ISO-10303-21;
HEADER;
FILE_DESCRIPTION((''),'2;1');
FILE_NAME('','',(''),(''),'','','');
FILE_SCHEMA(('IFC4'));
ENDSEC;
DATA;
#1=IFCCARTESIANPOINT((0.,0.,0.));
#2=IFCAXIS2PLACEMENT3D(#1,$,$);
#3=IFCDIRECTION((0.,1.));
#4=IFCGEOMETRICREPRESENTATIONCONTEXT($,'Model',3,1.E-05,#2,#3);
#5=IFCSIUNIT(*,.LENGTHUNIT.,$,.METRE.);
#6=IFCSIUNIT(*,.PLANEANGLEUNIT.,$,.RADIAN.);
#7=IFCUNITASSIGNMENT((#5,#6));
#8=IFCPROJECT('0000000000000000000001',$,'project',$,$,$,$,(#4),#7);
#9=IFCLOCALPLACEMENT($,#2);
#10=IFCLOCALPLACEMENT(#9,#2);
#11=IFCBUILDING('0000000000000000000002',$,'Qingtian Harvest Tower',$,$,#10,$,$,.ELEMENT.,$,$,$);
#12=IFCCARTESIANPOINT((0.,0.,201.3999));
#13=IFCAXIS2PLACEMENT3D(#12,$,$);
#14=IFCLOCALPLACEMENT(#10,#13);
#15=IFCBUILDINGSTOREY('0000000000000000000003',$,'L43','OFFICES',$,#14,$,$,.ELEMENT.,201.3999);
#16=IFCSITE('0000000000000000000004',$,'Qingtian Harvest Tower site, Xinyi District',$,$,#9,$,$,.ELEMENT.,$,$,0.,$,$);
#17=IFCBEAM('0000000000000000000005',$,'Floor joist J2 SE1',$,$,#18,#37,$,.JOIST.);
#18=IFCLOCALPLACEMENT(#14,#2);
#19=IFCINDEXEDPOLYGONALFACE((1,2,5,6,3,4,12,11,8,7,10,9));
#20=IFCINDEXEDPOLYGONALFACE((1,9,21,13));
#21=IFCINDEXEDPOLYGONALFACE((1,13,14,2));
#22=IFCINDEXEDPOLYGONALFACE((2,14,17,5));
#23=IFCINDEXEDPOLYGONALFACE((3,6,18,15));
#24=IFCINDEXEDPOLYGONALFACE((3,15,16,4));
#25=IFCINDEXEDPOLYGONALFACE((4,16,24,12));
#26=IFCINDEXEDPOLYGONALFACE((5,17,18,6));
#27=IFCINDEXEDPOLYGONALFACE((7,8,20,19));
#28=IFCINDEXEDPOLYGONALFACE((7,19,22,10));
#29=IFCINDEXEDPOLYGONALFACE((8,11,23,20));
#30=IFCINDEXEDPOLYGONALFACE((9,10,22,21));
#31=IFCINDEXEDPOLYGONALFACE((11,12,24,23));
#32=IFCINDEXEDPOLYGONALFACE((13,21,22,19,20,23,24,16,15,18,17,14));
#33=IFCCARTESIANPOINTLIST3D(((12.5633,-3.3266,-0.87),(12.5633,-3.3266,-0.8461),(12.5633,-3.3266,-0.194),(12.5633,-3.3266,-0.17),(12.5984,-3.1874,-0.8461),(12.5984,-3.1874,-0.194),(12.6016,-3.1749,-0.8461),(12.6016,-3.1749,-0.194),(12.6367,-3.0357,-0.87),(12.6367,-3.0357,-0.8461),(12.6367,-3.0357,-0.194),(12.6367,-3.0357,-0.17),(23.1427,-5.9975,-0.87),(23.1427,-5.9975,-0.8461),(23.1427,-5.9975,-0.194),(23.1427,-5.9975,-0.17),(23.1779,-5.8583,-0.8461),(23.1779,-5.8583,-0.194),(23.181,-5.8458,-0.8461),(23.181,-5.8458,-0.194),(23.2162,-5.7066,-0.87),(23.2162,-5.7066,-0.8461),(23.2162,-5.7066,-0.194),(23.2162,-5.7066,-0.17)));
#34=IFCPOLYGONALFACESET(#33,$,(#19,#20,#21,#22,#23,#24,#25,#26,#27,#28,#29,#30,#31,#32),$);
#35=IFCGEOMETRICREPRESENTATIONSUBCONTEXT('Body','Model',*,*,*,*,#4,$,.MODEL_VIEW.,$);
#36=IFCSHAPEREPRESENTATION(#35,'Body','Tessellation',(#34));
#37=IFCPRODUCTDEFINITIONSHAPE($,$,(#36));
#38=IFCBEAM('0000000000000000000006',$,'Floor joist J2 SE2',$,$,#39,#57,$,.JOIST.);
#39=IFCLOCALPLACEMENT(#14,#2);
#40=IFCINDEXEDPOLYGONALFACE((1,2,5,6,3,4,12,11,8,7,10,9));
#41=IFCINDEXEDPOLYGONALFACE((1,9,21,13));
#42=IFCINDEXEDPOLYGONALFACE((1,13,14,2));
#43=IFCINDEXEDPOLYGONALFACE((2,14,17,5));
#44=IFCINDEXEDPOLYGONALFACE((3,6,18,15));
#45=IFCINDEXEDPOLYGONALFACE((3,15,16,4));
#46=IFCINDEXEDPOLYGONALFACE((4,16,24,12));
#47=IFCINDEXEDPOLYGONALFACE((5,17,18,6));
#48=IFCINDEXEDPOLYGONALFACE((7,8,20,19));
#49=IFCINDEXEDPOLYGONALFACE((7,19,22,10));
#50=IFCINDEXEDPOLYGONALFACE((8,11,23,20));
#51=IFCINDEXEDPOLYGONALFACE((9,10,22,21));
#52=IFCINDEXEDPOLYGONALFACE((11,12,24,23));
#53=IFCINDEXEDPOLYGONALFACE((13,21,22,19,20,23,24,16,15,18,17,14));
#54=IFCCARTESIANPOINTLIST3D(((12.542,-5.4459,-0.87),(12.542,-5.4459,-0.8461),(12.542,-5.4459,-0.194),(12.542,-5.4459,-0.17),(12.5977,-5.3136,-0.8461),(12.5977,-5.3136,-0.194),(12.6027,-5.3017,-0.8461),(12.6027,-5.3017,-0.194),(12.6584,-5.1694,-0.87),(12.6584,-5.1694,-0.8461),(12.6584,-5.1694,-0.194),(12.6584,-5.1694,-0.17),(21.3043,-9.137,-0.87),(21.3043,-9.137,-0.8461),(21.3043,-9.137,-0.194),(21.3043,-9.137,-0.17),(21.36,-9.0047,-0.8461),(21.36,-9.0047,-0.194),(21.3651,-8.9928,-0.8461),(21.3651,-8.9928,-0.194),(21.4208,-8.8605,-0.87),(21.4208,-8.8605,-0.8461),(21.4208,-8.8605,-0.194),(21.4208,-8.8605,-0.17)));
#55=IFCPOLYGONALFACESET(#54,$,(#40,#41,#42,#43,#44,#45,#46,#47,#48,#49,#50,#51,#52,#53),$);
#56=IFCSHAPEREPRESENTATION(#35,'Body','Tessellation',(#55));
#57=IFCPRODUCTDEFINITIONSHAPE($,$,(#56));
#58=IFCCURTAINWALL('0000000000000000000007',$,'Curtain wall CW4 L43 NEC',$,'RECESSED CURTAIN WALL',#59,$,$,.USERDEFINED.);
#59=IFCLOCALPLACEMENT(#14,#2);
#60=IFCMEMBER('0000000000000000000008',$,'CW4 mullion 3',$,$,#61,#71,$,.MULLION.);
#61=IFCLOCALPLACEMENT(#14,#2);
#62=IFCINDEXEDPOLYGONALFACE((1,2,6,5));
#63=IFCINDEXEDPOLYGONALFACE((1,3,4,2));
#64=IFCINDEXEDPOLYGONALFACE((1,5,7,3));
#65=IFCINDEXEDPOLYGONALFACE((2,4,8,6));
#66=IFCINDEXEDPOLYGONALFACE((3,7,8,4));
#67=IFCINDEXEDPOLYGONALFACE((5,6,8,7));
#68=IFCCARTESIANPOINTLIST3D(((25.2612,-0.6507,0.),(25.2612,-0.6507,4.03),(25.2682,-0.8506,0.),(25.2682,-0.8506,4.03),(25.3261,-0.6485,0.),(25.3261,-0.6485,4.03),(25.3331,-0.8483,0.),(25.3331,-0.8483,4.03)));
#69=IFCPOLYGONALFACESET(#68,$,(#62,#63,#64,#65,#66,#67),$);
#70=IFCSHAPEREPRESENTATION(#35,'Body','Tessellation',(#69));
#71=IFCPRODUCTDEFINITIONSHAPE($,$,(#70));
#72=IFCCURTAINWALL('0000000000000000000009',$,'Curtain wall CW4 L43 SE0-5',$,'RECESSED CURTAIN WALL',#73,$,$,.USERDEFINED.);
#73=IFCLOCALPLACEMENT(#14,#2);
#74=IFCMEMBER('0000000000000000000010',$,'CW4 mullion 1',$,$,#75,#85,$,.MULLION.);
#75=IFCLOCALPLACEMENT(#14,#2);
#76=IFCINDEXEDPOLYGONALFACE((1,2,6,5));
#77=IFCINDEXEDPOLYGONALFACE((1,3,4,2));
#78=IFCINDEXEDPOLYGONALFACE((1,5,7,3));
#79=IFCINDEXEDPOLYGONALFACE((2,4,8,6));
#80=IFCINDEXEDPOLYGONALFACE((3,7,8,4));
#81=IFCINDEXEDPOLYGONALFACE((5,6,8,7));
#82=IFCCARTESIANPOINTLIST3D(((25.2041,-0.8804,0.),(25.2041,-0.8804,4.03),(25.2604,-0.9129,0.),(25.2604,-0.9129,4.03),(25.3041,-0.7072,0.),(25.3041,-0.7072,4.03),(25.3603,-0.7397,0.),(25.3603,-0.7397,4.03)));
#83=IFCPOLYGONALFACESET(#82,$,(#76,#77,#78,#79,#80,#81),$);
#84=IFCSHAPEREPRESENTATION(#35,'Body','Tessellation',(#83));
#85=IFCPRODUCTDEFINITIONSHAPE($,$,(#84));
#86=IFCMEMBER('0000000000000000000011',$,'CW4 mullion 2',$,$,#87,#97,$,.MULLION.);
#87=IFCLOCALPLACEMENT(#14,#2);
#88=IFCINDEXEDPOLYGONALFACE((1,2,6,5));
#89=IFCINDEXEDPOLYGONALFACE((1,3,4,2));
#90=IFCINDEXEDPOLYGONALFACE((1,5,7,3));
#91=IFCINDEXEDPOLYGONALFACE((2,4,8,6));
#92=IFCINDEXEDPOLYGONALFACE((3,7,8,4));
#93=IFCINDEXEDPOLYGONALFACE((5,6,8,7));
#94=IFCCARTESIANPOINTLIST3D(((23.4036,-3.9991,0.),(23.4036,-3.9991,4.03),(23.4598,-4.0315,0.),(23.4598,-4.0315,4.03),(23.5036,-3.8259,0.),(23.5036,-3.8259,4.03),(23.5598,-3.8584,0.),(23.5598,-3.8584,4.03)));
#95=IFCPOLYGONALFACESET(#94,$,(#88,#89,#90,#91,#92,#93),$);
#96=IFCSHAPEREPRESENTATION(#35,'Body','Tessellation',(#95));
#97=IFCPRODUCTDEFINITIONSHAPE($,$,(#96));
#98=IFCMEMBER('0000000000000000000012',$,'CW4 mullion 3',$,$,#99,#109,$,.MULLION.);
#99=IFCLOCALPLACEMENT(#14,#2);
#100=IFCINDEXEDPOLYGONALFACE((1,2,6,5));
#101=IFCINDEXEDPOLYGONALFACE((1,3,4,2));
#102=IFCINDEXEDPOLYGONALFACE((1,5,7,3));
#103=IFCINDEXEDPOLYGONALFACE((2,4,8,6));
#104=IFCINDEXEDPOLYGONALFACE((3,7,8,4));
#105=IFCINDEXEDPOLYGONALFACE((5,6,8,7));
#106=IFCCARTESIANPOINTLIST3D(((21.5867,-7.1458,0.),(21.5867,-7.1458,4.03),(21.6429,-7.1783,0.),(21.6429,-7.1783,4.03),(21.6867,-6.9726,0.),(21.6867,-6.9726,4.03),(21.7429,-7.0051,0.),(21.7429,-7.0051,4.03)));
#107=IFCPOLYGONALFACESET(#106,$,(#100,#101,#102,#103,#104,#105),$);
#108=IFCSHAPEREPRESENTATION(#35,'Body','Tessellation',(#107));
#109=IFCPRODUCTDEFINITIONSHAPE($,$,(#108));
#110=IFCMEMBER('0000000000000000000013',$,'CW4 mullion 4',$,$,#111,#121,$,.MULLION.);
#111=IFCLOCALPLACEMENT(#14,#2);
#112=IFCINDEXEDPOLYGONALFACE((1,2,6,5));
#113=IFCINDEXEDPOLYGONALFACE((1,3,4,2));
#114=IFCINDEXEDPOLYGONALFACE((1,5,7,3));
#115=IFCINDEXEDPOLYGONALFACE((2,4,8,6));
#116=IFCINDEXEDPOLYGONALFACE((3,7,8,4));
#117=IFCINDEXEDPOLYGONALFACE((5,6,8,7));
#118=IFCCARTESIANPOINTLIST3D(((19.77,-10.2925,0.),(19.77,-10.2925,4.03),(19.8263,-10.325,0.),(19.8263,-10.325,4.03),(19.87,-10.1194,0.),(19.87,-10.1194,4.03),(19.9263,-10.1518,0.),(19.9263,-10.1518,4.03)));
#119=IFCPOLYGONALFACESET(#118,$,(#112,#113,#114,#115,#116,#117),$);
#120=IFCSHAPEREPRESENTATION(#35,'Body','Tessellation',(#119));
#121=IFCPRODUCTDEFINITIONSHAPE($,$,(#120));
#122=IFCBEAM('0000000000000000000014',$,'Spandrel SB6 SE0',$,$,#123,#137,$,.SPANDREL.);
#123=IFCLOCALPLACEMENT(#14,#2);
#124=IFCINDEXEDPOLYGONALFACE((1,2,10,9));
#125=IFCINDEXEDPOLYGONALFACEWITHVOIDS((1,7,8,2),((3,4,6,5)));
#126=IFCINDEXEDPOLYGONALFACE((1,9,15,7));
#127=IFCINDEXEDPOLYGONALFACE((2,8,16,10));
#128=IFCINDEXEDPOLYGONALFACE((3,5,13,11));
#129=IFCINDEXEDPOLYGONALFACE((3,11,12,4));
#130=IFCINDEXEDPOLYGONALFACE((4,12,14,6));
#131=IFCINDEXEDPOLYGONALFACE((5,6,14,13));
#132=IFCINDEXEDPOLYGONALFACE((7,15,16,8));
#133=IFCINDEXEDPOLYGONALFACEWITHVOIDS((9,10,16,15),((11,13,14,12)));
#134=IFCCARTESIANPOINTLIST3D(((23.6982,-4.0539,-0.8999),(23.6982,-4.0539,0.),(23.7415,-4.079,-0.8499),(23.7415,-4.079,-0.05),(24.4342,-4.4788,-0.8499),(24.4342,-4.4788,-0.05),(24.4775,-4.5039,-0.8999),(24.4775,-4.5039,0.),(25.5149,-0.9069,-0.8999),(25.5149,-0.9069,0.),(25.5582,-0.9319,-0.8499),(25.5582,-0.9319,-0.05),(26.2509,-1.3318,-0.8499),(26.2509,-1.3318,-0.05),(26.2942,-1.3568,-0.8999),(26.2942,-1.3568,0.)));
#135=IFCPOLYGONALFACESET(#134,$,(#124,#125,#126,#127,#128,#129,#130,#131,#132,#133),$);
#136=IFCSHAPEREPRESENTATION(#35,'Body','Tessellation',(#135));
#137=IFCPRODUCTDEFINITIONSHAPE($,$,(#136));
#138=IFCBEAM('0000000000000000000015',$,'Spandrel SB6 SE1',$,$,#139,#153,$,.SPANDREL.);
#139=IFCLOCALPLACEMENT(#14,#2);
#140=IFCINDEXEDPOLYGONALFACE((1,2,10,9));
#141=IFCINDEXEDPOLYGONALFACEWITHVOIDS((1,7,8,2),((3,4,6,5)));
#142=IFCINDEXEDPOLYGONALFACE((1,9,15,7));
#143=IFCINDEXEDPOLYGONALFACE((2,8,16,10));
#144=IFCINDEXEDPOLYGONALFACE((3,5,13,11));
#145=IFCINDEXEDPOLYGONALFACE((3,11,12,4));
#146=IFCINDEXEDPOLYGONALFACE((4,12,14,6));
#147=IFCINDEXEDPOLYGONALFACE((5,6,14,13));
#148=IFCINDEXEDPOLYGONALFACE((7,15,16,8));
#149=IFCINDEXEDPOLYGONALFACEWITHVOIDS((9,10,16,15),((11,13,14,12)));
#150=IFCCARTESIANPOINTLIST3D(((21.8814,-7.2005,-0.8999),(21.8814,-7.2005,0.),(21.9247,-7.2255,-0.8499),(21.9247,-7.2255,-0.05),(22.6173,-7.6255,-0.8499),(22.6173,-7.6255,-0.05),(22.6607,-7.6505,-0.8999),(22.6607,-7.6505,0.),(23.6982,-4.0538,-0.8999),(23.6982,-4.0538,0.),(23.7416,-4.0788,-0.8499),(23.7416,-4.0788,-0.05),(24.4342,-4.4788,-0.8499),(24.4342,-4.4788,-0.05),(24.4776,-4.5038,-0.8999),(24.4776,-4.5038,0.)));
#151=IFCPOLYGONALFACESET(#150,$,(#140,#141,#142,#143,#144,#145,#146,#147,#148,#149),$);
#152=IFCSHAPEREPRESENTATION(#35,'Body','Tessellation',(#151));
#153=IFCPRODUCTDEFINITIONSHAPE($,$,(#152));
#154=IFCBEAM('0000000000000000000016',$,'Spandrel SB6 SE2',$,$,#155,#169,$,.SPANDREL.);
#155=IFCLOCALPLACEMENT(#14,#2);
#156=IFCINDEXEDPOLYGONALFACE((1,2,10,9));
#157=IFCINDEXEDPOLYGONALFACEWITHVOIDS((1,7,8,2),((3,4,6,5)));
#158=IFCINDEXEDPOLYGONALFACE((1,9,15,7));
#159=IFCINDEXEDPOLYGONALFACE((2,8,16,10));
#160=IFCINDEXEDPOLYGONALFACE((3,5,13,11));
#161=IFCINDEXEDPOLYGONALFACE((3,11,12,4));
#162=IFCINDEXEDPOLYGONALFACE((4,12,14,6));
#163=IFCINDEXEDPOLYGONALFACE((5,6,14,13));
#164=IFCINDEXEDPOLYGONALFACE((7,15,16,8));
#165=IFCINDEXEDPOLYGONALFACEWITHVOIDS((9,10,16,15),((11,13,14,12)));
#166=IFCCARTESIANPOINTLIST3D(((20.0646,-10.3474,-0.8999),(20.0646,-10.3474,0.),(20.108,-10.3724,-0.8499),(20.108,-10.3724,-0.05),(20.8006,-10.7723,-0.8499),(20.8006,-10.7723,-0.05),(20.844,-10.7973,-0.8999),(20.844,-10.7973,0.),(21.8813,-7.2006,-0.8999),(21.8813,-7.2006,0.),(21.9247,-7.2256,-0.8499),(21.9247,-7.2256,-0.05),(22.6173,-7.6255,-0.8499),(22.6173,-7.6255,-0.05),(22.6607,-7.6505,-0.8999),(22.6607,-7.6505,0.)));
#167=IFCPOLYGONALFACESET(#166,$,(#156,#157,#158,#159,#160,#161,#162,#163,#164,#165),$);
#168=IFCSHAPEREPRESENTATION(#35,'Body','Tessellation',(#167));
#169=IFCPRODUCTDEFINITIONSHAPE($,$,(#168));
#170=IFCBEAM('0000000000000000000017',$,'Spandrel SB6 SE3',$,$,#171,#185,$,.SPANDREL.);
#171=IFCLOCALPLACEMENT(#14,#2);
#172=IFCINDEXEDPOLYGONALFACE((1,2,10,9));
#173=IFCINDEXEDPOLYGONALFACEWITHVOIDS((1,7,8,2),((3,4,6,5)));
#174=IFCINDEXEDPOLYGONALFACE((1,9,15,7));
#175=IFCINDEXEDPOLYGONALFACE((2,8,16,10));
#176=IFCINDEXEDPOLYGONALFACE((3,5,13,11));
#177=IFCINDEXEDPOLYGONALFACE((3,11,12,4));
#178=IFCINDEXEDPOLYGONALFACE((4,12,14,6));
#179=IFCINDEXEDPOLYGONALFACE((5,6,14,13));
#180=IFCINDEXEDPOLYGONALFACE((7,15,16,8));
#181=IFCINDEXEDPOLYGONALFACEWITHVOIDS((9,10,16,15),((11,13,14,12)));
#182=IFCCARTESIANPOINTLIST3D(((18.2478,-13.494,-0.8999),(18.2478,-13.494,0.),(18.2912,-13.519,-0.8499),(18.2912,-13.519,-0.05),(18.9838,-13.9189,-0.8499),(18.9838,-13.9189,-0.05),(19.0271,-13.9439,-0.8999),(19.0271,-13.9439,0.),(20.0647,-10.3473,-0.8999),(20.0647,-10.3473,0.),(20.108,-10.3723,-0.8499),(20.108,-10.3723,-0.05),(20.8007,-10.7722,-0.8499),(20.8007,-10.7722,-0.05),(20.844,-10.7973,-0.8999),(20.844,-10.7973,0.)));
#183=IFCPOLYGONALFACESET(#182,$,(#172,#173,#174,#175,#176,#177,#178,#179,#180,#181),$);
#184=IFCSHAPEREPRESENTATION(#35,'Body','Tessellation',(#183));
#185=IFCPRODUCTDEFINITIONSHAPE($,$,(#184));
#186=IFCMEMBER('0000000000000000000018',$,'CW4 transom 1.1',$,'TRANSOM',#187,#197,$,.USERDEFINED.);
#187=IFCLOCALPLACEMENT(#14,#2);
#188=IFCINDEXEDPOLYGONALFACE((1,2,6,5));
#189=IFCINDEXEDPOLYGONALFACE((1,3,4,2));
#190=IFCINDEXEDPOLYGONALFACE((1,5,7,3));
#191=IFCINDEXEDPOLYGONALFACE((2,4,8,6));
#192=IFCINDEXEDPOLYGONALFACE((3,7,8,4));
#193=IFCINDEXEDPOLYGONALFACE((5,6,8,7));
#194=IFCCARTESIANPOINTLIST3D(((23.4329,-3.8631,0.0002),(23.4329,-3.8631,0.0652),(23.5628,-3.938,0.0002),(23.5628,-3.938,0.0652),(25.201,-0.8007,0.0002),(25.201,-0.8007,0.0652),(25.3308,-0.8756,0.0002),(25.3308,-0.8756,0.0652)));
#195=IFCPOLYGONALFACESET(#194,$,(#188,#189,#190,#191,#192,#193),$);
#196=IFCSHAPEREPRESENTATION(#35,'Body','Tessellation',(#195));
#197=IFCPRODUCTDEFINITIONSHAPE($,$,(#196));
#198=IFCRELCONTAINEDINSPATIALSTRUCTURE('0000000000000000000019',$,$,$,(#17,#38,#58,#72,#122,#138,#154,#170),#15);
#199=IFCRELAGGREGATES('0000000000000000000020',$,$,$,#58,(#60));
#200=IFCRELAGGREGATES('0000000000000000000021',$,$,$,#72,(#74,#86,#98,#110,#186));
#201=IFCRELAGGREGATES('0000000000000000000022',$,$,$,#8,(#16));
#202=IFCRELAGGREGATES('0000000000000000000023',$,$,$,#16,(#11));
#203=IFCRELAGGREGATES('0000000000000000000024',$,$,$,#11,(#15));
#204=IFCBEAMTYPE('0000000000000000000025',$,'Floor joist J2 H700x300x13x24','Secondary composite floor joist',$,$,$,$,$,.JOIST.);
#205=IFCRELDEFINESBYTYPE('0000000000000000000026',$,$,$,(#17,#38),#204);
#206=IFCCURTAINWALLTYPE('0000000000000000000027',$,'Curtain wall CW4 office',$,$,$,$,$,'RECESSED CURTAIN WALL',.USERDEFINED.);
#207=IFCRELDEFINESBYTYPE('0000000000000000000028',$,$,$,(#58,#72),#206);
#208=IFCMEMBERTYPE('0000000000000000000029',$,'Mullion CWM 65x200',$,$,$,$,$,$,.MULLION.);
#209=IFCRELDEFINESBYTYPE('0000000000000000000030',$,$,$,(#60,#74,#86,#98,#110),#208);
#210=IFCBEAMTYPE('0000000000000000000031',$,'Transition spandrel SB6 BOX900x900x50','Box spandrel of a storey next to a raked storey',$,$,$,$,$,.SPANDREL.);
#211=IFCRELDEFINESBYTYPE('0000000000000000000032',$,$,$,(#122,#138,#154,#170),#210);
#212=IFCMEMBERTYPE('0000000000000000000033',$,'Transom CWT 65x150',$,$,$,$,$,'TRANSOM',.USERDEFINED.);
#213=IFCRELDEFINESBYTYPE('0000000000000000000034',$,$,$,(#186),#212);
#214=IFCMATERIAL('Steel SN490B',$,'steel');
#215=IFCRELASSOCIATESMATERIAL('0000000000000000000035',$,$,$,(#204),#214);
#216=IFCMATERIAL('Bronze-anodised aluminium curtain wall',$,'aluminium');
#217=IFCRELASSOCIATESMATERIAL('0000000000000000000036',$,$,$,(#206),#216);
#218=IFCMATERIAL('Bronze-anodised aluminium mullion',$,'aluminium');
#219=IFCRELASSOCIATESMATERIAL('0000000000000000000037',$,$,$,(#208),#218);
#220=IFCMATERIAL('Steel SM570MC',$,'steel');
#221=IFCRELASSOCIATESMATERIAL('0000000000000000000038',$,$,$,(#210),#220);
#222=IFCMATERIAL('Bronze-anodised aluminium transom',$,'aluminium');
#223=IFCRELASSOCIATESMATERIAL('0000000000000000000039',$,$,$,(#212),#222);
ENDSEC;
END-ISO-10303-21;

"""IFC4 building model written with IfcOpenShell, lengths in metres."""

from ifc_helpers import new_model, si_unit, direction, frame, origin, origin_2d, place, context, subcontext, project, spatial, rectangle, hollow_rectangle, i_section, extrude, material, material_profile, profile_set, type_object, element, aggregate, save


model = new_model("IFC4")

# Units and contexts
model_context = context("Model", 3, precision=1e-05, world=origin(), true_north=direction((0.0, 1.0)))
body_context = subcontext(model_context, "Body", "Model", "MODEL_VIEW")
ifc_project = project(units=[si_unit("LENGTHUNIT", "METRE"), si_unit("PLANEANGLEUNIT", "RADIAN")], contexts=[model_context])

# Site, building, storey
site_placement = place(None, origin())
site = spatial("IfcSite", under=ifc_project, at=site_placement, Name="Qingtian Harvest Tower site, Xinyi District", CompositionType="ELEMENT", RefElevation=0.0)
building_placement = place(site_placement, origin())
building = spatial("IfcBuilding", under=site, at=building_placement, Name="Qingtian Harvest Tower", CompositionType="ELEMENT")
storey_placement = place(building_placement, frame((0.0, 0.0, 201.3999)))
storey = spatial("IfcBuildingStorey", under=building, at=storey_placement, Name="L43", Description="OFFICES", CompositionType="ELEMENT", Elevation=201.3999)

# Beams
ifc_material_1 = material(Name="Steel SN490B", Category="steel")
ifc_material_profile_1 = material_profile(ifc_material_1, i_section(OverallWidth=0.3, OverallDepth=0.7, WebThickness=0.0129, FlangeThickness=0.0239, at=origin_2d()), Name="H700x300x13x24")
ifc_profile_set_1 = profile_set([ifc_material_profile_1], Name="Steel SN490B")
beam_type_1 = type_object("IfcBeamType", Name="Floor joist J2 H700x300x13x24", Description="Secondary composite floor joist", PredefinedType="JOIST", material=ifc_profile_set_1)
beam_1_placement = place(storey_placement, frame((23.1794, -5.8521, -0.52), z_axis=(-0.969578, 0.244783, 0.0), x_axis=(-0.244783, -0.969578, 0.0)))
element("IfcBeam", 1, at=beam_1_placement, inside=storey, type_object=beam_type_1, Name="Floor joist J2 SE1", PredefinedType="JOIST", context=body_context, shape_type="SweptSolid", body=[
    extrude(i_section(OverallWidth=0.3, OverallDepth=0.7, WebThickness=0.0129, FlangeThickness=0.0239, at=origin_2d()), origin(), (0.0, 0.0, 1.0), 10.9114),
])
beam_2_placement = place(storey_placement, frame((21.3625, -8.9988, -0.52), z_axis=(-0.921571, 0.38821, 0.0), x_axis=(-0.38821, -0.921571, 0.0)))
element("IfcBeam", 2, at=beam_2_placement, inside=storey, type_object=beam_type_1, Name="Floor joist J2 SE2", PredefinedType="JOIST", context=body_context, shape_type="SweptSolid", body=[
    extrude(i_section(OverallWidth=0.3, OverallDepth=0.7, WebThickness=0.0129, FlangeThickness=0.0239, at=origin_2d()), origin(), (0.0, 0.0, 1.0), 9.5081),
])

# Curtain wall, member
ifc_material_2 = material(Name="Bronze-anodised aluminium curtain wall", Category="aluminium")
curtain_wall_type = type_object("IfcCurtainWallType", Name="Curtain wall CW4 office", ElementType="RECESSED CURTAIN WALL", PredefinedType="USERDEFINED", material=ifc_material_2)
curtain_wall_1_placement = place(storey_placement, origin())
curtain_wall_1 = element("IfcCurtainWall", 3, at=curtain_wall_1_placement, inside=storey, type_object=curtain_wall_type, Name="Curtain wall CW4 L43 NEC", ObjectType="RECESSED CURTAIN WALL", PredefinedType="USERDEFINED")
ifc_material_3 = material(Name="Bronze-anodised aluminium mullion", Category="aluminium")
ifc_material_profile_2 = material_profile(ifc_material_3, rectangle(XDim=0.0649, YDim=0.2, at=origin_2d()), Name="AL 65x200")
ifc_profile_set_2 = profile_set([ifc_material_profile_2], Name="Bronze-anodised aluminium mullion")
member_type_1 = type_object("IfcMemberType", Name="Mullion CWM 65x200", PredefinedType="MULLION", material=ifc_profile_set_2)
member_1_placement = place(storey_placement, frame((25.2971, -0.7495, 0.0), z_axis=(0.0, 0.0, 1.0), x_axis=(0.999391, 0.034899, 0.0)))
member_1 = element("IfcMember", 4, at=member_1_placement, type_object=member_type_1, Name="CW4 mullion 3", PredefinedType="MULLION", context=body_context, shape_type="SweptSolid", body=[
    extrude(rectangle(XDim=0.0649, YDim=0.2, at=origin_2d()), origin(), (0.0, 0.0, 1.0), 4.03),
])
aggregate(curtain_wall_1, [member_1])

# Curtain wall, members
curtain_wall_2_placement = place(storey_placement, origin())
curtain_wall_2 = element("IfcCurtainWall", 5, at=curtain_wall_2_placement, inside=storey, type_object=curtain_wall_type, Name="Curtain wall CW4 L43 SE0-5", ObjectType="RECESSED CURTAIN WALL", PredefinedType="USERDEFINED")
member_2_placement = place(storey_placement, frame((25.2822, -0.8101, 0.0), z_axis=(0.0, 0.0, 1.0), x_axis=(0.866025, -0.5, 0.0)))
member_2 = element("IfcMember", 6, at=member_2_placement, type_object=member_type_1, Name="CW4 mullion 1", PredefinedType="MULLION", context=body_context, shape_type="SweptSolid", body=[
    extrude(rectangle(XDim=0.0649, YDim=0.2, at=origin_2d()), origin(), (0.0, 0.0, 1.0), 4.03),
])
member_3_placement = place(storey_placement, frame((23.4817, -3.9287, 0.0), z_axis=(0.0, 0.0, 1.0), x_axis=(0.866025, -0.5, 0.0)))
member_3 = element("IfcMember", 7, at=member_3_placement, type_object=member_type_1, Name="CW4 mullion 2", PredefinedType="MULLION", context=body_context, shape_type="SweptSolid", body=[
    extrude(rectangle(XDim=0.0649, YDim=0.2, at=origin_2d()), origin(), (0.0, 0.0, 1.0), 4.03),
])
member_4_placement = place(storey_placement, frame((21.6648, -7.0754, 0.0), z_axis=(0.0, 0.0, 1.0), x_axis=(0.866025, -0.5, 0.0)))
member_4 = element("IfcMember", 8, at=member_4_placement, type_object=member_type_1, Name="CW4 mullion 3", PredefinedType="MULLION", context=body_context, shape_type="SweptSolid", body=[
    extrude(rectangle(XDim=0.0649, YDim=0.2, at=origin_2d()), origin(), (0.0, 0.0, 1.0), 4.03),
])
member_5_placement = place(storey_placement, frame((19.8481, -10.2222, 0.0), z_axis=(0.0, 0.0, 1.0), x_axis=(0.866025, -0.5, 0.0)))
member_5 = element("IfcMember", 9, at=member_5_placement, type_object=member_type_1, Name="CW4 mullion 4", PredefinedType="MULLION", context=body_context, shape_type="SweptSolid", body=[
    extrude(rectangle(XDim=0.0649, YDim=0.2, at=origin_2d()), origin(), (0.0, 0.0, 1.0), 4.03),
])

# Beams
ifc_material_4 = material(Name="Steel SM570MC", Category="steel")
ifc_material_profile_3 = material_profile(ifc_material_4, hollow_rectangle(XDim=0.8999, YDim=0.8999, WallThickness=0.05, at=origin_2d()), Name="BOX900x900x50")
ifc_profile_set_3 = profile_set([ifc_material_profile_3], Name="Steel SM570MC")
beam_type_2 = type_object("IfcBeamType", Name="Transition spandrel SB6 BOX900x900x50", Description="Box spandrel of a storey next to a raked storey", PredefinedType="SPANDREL", material=ifc_profile_set_3)
beam_3_placement = place(storey_placement, frame((25.9045, -1.1318, -0.45), z_axis=(-0.499947, -0.866056, 0.0), x_axis=(0.866056, -0.499947, 0.0)))
element("IfcBeam", 10, at=beam_3_placement, inside=storey, type_object=beam_type_2, Name="Spandrel SB6 SE0", PredefinedType="SPANDREL", context=body_context, shape_type="SweptSolid", body=[
    extrude(hollow_rectangle(XDim=0.8999, YDim=0.8999, WallThickness=0.05, at=origin_2d()), origin(), (0.0, 0.0, 1.0), 3.6338),
])
for number, where, z_axis, x_axis, name in (
    (11, (24.0879, -4.2788, -0.45), (-0.500027, -0.86601, 0.0), (0.86601, -0.500027, 0.0), "Spandrel SB6 SE1"),
    (12, (22.271, -7.4255, -0.45), (-0.499976, -0.866039, 0.0), (0.866039, -0.499976, 0.0), "Spandrel SB6 SE2"),
    (13, (20.4543, -10.5723, -0.45), (-0.500027, -0.86601, 0.0), (0.86601, -0.500027, 0.0), "Spandrel SB6 SE3"),
):
    element("IfcBeam", number, at=place(storey_placement, frame(where, z_axis=z_axis, x_axis=x_axis)), inside=storey, type_object=beam_type_2, Name=name, PredefinedType="SPANDREL", context=body_context, shape_type="SweptSolid", body=[
        extrude(hollow_rectangle(XDim=0.8999, YDim=0.8999, WallThickness=0.05, at=origin_2d()), origin(), (0.0, 0.0, 1.0), 3.6335),
    ])

# Member
ifc_material_5 = material(Name="Bronze-anodised aluminium transom", Category="aluminium")
ifc_material_profile_4 = material_profile(ifc_material_5, rectangle(XDim=0.1499, YDim=0.0649, at=origin_2d()), Name="AL 65x150")
ifc_profile_set_4 = profile_set([ifc_material_profile_4], Name="Bronze-anodised aluminium transom")
member_type_2 = type_object("IfcMemberType", Name="Transom CWT 65x150", ElementType="TRANSOM", PredefinedType="USERDEFINED", material=ifc_profile_set_4)
member_6_placement = place(storey_placement, frame((25.2659, -0.8381, 0.0327), z_axis=(-0.499985, -0.866034, 0.0), x_axis=(0.866034, -0.499985, 0.0)))
member_6 = element("IfcMember", 14, at=member_6_placement, type_object=member_type_2, Name="CW4 transom 1.1", ObjectType="TRANSOM", PredefinedType="USERDEFINED", context=body_context, shape_type="SweptSolid", body=[
    extrude(rectangle(XDim=0.1499, YDim=0.0649, at=origin_2d()), origin(), (0.0, 0.0, 1.0), 3.5361),
])

aggregate(curtain_wall_2, [member_2, member_3, member_4, member_5, member_6])

save(model, "model.ifc")
